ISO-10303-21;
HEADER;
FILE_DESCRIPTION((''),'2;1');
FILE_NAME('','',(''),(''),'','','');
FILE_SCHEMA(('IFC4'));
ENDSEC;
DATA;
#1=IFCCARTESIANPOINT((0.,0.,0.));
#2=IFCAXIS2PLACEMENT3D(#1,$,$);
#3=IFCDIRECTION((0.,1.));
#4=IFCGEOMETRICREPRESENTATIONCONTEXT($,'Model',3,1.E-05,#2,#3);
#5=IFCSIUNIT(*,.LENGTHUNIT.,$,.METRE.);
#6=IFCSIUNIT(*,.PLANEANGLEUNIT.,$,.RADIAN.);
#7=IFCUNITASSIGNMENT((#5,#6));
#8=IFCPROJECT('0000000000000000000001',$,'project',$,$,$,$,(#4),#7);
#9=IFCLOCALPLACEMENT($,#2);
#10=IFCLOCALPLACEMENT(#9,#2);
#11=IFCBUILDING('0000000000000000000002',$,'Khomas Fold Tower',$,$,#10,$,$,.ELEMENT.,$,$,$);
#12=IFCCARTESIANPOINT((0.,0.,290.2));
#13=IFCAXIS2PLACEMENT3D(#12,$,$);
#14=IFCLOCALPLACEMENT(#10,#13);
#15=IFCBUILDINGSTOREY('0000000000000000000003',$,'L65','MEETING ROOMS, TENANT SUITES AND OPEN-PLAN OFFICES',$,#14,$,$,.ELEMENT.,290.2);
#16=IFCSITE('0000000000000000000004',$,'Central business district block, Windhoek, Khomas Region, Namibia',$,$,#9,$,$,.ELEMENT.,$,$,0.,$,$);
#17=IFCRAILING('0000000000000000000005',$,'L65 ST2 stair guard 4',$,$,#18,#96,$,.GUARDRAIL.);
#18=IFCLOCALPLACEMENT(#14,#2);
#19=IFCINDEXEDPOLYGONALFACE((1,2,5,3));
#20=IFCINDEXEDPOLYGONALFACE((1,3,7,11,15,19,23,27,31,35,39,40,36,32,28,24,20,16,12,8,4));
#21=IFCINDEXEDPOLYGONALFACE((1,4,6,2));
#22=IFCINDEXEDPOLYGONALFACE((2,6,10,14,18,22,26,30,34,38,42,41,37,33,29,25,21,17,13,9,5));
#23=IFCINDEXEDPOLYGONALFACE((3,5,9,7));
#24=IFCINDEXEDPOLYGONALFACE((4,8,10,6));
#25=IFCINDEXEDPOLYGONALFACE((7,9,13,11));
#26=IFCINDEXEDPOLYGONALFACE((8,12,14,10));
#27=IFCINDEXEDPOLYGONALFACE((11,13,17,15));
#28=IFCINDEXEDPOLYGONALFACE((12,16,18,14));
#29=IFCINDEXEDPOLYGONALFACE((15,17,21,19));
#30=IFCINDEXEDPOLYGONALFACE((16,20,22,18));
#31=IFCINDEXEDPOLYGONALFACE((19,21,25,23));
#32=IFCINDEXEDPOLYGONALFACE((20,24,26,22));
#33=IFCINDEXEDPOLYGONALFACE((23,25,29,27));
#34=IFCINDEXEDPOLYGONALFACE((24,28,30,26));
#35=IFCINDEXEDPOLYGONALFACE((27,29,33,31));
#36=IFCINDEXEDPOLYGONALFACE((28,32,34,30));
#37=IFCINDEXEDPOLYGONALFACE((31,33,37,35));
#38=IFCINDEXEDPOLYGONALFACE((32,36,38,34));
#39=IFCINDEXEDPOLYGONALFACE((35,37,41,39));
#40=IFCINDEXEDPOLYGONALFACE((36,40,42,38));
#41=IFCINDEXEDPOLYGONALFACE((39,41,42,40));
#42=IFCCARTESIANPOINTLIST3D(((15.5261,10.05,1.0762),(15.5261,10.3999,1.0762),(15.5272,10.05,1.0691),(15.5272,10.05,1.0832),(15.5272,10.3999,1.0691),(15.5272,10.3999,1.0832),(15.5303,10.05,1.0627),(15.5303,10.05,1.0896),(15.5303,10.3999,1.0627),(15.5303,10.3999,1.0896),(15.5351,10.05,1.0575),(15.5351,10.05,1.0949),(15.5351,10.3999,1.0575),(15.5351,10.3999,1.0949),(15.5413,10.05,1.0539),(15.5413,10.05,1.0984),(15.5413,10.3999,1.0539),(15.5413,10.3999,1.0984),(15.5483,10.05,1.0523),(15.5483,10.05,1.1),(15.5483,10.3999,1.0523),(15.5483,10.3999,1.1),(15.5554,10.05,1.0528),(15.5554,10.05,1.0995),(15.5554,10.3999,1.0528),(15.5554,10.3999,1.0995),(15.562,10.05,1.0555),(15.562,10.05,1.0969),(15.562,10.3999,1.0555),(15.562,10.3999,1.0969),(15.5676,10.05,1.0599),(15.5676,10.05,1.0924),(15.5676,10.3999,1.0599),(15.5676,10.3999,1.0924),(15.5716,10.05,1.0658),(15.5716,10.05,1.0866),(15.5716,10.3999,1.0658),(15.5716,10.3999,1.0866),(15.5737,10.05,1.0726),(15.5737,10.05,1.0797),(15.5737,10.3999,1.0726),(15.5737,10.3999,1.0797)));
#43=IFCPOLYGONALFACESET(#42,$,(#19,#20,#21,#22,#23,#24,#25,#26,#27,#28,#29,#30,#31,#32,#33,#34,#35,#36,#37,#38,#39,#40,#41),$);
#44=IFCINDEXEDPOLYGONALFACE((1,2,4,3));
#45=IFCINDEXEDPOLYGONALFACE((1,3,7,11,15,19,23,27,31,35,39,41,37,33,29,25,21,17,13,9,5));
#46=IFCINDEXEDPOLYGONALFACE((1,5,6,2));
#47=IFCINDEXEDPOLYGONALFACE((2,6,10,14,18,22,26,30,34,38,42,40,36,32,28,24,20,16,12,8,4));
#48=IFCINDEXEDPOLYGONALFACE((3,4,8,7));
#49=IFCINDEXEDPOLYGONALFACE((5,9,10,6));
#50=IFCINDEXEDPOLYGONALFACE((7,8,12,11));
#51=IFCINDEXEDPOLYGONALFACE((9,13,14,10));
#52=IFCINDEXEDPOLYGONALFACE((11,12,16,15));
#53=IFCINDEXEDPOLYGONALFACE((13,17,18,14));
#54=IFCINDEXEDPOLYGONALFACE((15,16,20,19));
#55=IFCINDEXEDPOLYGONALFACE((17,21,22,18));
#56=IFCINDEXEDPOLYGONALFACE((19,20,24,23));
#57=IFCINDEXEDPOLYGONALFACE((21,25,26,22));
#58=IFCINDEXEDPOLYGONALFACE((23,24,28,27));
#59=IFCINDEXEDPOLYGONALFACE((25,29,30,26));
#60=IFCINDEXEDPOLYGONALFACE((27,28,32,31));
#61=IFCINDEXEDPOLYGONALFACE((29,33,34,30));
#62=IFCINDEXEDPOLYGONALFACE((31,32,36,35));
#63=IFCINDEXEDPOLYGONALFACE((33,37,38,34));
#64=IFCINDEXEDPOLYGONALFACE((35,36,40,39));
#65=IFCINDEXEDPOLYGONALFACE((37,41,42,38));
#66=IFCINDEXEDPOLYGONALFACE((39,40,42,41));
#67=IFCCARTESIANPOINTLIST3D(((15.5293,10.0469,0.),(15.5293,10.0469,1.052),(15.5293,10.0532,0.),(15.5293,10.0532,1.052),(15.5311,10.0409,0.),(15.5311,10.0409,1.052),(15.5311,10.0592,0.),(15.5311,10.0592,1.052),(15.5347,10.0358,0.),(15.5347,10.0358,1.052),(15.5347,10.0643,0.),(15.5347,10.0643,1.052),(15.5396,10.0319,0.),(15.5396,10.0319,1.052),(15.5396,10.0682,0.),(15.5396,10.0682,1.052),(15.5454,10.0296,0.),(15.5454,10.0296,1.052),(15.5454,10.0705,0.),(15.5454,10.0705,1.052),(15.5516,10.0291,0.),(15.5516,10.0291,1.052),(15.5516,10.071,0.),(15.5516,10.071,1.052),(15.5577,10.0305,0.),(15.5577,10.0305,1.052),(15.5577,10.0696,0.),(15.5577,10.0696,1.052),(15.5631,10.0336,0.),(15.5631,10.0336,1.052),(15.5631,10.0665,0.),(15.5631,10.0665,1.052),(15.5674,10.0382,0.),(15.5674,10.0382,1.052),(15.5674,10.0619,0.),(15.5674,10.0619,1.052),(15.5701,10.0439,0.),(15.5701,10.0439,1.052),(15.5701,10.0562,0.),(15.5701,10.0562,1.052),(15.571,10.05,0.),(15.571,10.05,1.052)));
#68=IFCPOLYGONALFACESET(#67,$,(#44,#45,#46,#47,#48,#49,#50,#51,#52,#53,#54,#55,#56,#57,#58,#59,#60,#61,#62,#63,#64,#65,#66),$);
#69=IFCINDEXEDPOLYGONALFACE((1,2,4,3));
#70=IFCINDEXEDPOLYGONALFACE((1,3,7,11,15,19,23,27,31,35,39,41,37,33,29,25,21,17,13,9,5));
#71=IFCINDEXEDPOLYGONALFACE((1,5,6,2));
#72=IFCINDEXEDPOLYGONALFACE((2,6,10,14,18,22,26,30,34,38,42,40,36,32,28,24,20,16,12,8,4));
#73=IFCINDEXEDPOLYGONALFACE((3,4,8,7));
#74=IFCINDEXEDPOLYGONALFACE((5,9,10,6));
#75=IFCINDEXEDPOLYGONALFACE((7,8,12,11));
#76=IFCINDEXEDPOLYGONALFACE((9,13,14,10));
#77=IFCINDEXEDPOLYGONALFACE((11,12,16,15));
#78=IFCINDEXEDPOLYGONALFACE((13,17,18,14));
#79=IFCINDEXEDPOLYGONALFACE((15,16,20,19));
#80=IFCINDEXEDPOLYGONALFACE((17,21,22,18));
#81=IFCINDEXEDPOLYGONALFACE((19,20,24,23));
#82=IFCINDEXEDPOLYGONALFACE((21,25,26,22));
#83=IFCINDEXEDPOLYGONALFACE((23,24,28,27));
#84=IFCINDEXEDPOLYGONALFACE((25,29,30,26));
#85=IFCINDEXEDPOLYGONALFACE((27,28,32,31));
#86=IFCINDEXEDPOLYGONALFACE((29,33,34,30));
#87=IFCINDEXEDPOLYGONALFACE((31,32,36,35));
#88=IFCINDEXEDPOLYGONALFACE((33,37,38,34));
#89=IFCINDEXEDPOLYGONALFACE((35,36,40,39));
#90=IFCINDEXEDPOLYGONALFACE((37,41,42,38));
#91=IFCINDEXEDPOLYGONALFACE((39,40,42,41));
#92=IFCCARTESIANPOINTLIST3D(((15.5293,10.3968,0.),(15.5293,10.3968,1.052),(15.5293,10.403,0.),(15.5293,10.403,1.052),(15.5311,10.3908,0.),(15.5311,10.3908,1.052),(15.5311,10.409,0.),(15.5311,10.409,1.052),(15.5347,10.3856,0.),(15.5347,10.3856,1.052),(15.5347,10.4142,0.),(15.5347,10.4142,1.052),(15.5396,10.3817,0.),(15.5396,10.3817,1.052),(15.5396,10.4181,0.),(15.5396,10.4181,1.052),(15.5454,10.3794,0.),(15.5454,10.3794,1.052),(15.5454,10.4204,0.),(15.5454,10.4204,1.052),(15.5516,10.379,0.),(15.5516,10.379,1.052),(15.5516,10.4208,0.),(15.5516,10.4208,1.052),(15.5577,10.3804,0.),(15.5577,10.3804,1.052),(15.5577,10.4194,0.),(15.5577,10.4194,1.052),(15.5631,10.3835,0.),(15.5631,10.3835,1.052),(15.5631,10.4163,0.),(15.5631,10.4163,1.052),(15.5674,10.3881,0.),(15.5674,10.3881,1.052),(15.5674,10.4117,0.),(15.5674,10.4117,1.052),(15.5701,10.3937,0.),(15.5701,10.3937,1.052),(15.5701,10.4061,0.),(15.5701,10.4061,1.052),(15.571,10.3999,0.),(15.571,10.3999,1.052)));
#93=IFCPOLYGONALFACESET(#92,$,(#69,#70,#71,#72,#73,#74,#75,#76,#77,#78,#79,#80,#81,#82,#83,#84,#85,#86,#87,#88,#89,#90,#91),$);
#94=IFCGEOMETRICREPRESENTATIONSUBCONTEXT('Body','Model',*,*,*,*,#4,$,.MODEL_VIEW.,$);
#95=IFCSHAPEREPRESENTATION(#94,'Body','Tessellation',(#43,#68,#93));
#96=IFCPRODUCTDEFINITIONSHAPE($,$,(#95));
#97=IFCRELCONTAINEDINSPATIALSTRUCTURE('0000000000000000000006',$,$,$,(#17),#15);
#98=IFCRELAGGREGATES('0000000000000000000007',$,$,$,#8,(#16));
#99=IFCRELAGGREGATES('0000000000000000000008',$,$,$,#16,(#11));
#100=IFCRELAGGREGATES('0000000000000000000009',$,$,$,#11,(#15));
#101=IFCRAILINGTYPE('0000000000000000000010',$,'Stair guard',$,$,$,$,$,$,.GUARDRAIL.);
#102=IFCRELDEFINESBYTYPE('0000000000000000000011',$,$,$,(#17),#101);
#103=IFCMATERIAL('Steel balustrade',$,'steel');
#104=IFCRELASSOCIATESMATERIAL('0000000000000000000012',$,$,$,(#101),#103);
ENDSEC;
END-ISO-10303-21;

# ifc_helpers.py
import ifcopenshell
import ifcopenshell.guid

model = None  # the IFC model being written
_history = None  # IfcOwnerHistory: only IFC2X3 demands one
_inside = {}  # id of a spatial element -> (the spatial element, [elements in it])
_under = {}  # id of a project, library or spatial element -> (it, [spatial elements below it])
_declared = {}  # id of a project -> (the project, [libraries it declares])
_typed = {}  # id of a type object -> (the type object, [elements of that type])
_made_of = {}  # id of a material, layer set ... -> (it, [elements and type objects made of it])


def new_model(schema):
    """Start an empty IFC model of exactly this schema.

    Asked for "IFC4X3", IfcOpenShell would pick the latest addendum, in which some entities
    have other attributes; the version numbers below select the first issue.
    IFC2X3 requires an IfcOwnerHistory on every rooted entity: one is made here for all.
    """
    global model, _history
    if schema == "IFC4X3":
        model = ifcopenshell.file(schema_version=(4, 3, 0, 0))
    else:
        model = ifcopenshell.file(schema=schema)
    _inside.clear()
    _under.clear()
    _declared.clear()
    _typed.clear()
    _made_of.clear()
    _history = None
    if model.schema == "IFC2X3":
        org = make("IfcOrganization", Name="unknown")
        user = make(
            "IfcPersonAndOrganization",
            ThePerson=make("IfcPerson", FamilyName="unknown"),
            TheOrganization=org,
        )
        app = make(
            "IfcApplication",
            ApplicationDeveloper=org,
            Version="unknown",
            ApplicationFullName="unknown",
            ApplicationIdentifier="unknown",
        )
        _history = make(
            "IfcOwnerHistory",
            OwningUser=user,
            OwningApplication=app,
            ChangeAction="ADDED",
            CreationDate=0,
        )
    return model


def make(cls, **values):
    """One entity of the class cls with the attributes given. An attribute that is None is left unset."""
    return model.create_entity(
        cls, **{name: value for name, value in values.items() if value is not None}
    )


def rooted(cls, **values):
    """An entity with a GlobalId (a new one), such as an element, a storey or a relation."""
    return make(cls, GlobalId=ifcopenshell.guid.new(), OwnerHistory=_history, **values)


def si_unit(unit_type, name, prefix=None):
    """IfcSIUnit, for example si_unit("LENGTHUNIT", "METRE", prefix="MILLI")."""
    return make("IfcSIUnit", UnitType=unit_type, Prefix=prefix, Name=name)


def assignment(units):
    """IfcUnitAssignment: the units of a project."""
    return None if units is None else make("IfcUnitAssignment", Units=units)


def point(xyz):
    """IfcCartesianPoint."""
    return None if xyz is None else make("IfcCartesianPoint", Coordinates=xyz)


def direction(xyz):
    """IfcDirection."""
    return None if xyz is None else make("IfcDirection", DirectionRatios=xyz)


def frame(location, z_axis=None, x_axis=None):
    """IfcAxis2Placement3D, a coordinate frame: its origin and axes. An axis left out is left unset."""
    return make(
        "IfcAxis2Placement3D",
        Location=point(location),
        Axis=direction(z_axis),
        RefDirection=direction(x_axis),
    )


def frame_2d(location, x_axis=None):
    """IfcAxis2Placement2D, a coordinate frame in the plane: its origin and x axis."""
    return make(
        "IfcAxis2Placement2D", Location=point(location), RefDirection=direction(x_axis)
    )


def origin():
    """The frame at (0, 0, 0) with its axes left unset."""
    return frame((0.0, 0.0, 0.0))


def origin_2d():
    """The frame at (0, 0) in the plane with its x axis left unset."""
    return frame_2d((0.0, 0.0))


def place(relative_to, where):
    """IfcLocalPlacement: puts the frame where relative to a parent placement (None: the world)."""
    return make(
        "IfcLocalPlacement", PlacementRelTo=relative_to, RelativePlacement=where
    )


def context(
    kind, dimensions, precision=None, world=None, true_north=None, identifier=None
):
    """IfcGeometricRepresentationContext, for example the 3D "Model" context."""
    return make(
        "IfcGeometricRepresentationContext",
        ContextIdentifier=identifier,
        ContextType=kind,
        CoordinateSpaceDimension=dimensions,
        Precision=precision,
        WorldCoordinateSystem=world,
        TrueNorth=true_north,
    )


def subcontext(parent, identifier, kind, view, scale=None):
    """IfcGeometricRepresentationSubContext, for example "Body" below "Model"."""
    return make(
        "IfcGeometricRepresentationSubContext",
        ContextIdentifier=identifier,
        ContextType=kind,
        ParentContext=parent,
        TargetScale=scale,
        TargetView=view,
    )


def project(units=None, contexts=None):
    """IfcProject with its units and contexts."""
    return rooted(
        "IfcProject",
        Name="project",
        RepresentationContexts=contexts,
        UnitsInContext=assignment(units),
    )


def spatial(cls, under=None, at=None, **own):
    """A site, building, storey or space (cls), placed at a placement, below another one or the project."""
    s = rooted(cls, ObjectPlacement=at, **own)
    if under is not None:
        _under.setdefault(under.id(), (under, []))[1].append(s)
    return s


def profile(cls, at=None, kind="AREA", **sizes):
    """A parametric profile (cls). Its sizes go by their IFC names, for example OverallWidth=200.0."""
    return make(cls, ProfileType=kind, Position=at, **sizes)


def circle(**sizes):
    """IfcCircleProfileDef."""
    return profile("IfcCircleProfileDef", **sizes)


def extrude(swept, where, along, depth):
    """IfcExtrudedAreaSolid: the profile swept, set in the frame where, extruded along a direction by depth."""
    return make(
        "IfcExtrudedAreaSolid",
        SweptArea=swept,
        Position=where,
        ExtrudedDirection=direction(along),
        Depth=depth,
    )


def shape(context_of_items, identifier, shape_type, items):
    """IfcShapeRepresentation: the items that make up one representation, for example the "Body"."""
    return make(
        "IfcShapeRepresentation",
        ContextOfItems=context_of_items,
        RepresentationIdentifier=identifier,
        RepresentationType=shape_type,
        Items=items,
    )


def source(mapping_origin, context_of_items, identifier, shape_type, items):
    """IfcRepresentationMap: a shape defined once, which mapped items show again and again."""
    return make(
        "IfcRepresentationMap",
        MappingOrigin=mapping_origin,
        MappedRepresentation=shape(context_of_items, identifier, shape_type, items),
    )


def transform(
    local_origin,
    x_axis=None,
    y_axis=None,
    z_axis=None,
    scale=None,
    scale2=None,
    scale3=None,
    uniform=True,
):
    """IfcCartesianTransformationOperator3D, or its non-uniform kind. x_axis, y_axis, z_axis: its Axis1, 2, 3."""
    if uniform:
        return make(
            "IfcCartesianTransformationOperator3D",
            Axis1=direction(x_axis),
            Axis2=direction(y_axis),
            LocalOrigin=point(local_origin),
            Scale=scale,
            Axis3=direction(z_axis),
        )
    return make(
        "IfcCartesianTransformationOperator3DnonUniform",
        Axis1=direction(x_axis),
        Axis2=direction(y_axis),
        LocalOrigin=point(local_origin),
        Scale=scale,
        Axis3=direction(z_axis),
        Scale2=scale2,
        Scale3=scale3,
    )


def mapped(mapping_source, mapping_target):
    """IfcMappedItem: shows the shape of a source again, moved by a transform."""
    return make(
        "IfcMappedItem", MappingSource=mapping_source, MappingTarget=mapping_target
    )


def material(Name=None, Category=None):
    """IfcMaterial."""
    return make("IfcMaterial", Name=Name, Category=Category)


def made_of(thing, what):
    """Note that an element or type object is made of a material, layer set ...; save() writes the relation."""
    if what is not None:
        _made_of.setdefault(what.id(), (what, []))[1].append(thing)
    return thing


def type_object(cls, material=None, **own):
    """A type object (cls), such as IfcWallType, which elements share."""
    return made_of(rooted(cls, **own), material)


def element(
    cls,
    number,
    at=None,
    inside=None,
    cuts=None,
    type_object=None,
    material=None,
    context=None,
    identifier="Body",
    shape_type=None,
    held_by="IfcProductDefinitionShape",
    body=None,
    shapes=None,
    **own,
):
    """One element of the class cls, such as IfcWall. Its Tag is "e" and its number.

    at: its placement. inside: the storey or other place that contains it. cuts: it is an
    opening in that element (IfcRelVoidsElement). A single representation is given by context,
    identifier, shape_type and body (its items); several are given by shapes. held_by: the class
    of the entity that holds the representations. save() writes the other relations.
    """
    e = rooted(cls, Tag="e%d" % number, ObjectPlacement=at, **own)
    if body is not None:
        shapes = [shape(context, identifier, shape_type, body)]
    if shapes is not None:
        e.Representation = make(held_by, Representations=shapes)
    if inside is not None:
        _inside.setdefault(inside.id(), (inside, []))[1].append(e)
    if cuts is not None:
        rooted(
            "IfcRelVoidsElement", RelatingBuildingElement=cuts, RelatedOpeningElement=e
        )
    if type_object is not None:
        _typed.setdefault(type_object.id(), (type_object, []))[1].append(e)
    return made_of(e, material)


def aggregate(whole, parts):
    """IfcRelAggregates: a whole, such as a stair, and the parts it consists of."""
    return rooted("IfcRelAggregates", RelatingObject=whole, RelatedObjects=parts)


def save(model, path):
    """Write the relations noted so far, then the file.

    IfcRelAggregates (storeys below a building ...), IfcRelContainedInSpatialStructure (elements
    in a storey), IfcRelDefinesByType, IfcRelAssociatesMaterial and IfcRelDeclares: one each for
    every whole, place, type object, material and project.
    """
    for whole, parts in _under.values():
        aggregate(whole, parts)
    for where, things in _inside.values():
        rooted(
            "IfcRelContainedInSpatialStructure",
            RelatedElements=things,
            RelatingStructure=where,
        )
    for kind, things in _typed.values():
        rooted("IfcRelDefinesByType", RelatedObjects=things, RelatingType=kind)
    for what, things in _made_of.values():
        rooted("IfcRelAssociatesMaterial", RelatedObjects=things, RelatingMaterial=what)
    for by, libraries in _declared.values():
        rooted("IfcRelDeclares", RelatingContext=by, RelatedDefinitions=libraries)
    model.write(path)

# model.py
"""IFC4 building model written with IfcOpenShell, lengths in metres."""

from ifc_helpers import new_model, si_unit, direction, frame, origin, origin_2d, place, context, subcontext, project, spatial, circle, extrude, source, transform, mapped, material, type_object, element, save


model = new_model("IFC4")

# Units and contexts
model_context = context("Model", 3, precision=1e-05, world=origin(), true_north=direction((0.0, 1.0)))
body_context = subcontext(model_context, "Body", "Model", "MODEL_VIEW")
ifc_project = project(units=[si_unit("LENGTHUNIT", "METRE"), si_unit("PLANEANGLEUNIT", "RADIAN")], contexts=[model_context])

# Site, building, storey
site_placement = place(None, origin())
site = spatial("IfcSite", under=ifc_project, at=site_placement, Name="Central business district block, Windhoek, Khomas Region, Namibia", CompositionType="ELEMENT", RefElevation=0.0)
building_placement = place(site_placement, origin())
building = spatial("IfcBuilding", under=site, at=building_placement, Name="Khomas Fold Tower", CompositionType="ELEMENT")
storey_placement = place(building_placement, frame((0.0, 0.0, 290.2)))
storey = spatial("IfcBuildingStorey", under=building, at=storey_placement, Name="L65", Description="MEETING ROOMS, TENANT SUITES AND OPEN-PLAN OFFICES", CompositionType="ELEMENT", Elevation=290.2)

# Railing
ifc_material_1 = material(Name="Steel balustrade", Category="steel")
railing_type_1 = type_object("IfcRailingType", Name="Stair guard", PredefinedType="GUARDRAIL", material=ifc_material_1)
shared_shape_1 = source(origin(), body_context, "Body", "SweptSolid", [
    extrude(circle(Radius=0.0239, at=origin_2d()), frame((0.0, 0.0, 1.0762), z_axis=(0.0, 1.0, 0.0), x_axis=(-1.0, 0.0, 0.0)), (0.0, 0.0, 1.0), 0.3499),
    extrude(circle(Radius=0.021, at=origin_2d()), origin(), (0.0, 0.0, 1.0), 1.052),
    extrude(circle(Radius=0.021, at=origin_2d()), frame((0.0, 0.3499, 0.0)), (0.0, 0.0, 1.0), 1.052),
])
railing_1_placement = place(storey_placement, frame((15.55, 10.05, 0.0)))
element("IfcRailing", 1, at=railing_1_placement, inside=storey, type_object=railing_type_1, Name="L65 ST2 stair guard 4", PredefinedType="GUARDRAIL", context=body_context, shape_type="MappedRepresentation", body=[
    mapped(shared_shape_1, transform((0.0, 0.0, 0.0))),
])

save(model, "model.ifc")
